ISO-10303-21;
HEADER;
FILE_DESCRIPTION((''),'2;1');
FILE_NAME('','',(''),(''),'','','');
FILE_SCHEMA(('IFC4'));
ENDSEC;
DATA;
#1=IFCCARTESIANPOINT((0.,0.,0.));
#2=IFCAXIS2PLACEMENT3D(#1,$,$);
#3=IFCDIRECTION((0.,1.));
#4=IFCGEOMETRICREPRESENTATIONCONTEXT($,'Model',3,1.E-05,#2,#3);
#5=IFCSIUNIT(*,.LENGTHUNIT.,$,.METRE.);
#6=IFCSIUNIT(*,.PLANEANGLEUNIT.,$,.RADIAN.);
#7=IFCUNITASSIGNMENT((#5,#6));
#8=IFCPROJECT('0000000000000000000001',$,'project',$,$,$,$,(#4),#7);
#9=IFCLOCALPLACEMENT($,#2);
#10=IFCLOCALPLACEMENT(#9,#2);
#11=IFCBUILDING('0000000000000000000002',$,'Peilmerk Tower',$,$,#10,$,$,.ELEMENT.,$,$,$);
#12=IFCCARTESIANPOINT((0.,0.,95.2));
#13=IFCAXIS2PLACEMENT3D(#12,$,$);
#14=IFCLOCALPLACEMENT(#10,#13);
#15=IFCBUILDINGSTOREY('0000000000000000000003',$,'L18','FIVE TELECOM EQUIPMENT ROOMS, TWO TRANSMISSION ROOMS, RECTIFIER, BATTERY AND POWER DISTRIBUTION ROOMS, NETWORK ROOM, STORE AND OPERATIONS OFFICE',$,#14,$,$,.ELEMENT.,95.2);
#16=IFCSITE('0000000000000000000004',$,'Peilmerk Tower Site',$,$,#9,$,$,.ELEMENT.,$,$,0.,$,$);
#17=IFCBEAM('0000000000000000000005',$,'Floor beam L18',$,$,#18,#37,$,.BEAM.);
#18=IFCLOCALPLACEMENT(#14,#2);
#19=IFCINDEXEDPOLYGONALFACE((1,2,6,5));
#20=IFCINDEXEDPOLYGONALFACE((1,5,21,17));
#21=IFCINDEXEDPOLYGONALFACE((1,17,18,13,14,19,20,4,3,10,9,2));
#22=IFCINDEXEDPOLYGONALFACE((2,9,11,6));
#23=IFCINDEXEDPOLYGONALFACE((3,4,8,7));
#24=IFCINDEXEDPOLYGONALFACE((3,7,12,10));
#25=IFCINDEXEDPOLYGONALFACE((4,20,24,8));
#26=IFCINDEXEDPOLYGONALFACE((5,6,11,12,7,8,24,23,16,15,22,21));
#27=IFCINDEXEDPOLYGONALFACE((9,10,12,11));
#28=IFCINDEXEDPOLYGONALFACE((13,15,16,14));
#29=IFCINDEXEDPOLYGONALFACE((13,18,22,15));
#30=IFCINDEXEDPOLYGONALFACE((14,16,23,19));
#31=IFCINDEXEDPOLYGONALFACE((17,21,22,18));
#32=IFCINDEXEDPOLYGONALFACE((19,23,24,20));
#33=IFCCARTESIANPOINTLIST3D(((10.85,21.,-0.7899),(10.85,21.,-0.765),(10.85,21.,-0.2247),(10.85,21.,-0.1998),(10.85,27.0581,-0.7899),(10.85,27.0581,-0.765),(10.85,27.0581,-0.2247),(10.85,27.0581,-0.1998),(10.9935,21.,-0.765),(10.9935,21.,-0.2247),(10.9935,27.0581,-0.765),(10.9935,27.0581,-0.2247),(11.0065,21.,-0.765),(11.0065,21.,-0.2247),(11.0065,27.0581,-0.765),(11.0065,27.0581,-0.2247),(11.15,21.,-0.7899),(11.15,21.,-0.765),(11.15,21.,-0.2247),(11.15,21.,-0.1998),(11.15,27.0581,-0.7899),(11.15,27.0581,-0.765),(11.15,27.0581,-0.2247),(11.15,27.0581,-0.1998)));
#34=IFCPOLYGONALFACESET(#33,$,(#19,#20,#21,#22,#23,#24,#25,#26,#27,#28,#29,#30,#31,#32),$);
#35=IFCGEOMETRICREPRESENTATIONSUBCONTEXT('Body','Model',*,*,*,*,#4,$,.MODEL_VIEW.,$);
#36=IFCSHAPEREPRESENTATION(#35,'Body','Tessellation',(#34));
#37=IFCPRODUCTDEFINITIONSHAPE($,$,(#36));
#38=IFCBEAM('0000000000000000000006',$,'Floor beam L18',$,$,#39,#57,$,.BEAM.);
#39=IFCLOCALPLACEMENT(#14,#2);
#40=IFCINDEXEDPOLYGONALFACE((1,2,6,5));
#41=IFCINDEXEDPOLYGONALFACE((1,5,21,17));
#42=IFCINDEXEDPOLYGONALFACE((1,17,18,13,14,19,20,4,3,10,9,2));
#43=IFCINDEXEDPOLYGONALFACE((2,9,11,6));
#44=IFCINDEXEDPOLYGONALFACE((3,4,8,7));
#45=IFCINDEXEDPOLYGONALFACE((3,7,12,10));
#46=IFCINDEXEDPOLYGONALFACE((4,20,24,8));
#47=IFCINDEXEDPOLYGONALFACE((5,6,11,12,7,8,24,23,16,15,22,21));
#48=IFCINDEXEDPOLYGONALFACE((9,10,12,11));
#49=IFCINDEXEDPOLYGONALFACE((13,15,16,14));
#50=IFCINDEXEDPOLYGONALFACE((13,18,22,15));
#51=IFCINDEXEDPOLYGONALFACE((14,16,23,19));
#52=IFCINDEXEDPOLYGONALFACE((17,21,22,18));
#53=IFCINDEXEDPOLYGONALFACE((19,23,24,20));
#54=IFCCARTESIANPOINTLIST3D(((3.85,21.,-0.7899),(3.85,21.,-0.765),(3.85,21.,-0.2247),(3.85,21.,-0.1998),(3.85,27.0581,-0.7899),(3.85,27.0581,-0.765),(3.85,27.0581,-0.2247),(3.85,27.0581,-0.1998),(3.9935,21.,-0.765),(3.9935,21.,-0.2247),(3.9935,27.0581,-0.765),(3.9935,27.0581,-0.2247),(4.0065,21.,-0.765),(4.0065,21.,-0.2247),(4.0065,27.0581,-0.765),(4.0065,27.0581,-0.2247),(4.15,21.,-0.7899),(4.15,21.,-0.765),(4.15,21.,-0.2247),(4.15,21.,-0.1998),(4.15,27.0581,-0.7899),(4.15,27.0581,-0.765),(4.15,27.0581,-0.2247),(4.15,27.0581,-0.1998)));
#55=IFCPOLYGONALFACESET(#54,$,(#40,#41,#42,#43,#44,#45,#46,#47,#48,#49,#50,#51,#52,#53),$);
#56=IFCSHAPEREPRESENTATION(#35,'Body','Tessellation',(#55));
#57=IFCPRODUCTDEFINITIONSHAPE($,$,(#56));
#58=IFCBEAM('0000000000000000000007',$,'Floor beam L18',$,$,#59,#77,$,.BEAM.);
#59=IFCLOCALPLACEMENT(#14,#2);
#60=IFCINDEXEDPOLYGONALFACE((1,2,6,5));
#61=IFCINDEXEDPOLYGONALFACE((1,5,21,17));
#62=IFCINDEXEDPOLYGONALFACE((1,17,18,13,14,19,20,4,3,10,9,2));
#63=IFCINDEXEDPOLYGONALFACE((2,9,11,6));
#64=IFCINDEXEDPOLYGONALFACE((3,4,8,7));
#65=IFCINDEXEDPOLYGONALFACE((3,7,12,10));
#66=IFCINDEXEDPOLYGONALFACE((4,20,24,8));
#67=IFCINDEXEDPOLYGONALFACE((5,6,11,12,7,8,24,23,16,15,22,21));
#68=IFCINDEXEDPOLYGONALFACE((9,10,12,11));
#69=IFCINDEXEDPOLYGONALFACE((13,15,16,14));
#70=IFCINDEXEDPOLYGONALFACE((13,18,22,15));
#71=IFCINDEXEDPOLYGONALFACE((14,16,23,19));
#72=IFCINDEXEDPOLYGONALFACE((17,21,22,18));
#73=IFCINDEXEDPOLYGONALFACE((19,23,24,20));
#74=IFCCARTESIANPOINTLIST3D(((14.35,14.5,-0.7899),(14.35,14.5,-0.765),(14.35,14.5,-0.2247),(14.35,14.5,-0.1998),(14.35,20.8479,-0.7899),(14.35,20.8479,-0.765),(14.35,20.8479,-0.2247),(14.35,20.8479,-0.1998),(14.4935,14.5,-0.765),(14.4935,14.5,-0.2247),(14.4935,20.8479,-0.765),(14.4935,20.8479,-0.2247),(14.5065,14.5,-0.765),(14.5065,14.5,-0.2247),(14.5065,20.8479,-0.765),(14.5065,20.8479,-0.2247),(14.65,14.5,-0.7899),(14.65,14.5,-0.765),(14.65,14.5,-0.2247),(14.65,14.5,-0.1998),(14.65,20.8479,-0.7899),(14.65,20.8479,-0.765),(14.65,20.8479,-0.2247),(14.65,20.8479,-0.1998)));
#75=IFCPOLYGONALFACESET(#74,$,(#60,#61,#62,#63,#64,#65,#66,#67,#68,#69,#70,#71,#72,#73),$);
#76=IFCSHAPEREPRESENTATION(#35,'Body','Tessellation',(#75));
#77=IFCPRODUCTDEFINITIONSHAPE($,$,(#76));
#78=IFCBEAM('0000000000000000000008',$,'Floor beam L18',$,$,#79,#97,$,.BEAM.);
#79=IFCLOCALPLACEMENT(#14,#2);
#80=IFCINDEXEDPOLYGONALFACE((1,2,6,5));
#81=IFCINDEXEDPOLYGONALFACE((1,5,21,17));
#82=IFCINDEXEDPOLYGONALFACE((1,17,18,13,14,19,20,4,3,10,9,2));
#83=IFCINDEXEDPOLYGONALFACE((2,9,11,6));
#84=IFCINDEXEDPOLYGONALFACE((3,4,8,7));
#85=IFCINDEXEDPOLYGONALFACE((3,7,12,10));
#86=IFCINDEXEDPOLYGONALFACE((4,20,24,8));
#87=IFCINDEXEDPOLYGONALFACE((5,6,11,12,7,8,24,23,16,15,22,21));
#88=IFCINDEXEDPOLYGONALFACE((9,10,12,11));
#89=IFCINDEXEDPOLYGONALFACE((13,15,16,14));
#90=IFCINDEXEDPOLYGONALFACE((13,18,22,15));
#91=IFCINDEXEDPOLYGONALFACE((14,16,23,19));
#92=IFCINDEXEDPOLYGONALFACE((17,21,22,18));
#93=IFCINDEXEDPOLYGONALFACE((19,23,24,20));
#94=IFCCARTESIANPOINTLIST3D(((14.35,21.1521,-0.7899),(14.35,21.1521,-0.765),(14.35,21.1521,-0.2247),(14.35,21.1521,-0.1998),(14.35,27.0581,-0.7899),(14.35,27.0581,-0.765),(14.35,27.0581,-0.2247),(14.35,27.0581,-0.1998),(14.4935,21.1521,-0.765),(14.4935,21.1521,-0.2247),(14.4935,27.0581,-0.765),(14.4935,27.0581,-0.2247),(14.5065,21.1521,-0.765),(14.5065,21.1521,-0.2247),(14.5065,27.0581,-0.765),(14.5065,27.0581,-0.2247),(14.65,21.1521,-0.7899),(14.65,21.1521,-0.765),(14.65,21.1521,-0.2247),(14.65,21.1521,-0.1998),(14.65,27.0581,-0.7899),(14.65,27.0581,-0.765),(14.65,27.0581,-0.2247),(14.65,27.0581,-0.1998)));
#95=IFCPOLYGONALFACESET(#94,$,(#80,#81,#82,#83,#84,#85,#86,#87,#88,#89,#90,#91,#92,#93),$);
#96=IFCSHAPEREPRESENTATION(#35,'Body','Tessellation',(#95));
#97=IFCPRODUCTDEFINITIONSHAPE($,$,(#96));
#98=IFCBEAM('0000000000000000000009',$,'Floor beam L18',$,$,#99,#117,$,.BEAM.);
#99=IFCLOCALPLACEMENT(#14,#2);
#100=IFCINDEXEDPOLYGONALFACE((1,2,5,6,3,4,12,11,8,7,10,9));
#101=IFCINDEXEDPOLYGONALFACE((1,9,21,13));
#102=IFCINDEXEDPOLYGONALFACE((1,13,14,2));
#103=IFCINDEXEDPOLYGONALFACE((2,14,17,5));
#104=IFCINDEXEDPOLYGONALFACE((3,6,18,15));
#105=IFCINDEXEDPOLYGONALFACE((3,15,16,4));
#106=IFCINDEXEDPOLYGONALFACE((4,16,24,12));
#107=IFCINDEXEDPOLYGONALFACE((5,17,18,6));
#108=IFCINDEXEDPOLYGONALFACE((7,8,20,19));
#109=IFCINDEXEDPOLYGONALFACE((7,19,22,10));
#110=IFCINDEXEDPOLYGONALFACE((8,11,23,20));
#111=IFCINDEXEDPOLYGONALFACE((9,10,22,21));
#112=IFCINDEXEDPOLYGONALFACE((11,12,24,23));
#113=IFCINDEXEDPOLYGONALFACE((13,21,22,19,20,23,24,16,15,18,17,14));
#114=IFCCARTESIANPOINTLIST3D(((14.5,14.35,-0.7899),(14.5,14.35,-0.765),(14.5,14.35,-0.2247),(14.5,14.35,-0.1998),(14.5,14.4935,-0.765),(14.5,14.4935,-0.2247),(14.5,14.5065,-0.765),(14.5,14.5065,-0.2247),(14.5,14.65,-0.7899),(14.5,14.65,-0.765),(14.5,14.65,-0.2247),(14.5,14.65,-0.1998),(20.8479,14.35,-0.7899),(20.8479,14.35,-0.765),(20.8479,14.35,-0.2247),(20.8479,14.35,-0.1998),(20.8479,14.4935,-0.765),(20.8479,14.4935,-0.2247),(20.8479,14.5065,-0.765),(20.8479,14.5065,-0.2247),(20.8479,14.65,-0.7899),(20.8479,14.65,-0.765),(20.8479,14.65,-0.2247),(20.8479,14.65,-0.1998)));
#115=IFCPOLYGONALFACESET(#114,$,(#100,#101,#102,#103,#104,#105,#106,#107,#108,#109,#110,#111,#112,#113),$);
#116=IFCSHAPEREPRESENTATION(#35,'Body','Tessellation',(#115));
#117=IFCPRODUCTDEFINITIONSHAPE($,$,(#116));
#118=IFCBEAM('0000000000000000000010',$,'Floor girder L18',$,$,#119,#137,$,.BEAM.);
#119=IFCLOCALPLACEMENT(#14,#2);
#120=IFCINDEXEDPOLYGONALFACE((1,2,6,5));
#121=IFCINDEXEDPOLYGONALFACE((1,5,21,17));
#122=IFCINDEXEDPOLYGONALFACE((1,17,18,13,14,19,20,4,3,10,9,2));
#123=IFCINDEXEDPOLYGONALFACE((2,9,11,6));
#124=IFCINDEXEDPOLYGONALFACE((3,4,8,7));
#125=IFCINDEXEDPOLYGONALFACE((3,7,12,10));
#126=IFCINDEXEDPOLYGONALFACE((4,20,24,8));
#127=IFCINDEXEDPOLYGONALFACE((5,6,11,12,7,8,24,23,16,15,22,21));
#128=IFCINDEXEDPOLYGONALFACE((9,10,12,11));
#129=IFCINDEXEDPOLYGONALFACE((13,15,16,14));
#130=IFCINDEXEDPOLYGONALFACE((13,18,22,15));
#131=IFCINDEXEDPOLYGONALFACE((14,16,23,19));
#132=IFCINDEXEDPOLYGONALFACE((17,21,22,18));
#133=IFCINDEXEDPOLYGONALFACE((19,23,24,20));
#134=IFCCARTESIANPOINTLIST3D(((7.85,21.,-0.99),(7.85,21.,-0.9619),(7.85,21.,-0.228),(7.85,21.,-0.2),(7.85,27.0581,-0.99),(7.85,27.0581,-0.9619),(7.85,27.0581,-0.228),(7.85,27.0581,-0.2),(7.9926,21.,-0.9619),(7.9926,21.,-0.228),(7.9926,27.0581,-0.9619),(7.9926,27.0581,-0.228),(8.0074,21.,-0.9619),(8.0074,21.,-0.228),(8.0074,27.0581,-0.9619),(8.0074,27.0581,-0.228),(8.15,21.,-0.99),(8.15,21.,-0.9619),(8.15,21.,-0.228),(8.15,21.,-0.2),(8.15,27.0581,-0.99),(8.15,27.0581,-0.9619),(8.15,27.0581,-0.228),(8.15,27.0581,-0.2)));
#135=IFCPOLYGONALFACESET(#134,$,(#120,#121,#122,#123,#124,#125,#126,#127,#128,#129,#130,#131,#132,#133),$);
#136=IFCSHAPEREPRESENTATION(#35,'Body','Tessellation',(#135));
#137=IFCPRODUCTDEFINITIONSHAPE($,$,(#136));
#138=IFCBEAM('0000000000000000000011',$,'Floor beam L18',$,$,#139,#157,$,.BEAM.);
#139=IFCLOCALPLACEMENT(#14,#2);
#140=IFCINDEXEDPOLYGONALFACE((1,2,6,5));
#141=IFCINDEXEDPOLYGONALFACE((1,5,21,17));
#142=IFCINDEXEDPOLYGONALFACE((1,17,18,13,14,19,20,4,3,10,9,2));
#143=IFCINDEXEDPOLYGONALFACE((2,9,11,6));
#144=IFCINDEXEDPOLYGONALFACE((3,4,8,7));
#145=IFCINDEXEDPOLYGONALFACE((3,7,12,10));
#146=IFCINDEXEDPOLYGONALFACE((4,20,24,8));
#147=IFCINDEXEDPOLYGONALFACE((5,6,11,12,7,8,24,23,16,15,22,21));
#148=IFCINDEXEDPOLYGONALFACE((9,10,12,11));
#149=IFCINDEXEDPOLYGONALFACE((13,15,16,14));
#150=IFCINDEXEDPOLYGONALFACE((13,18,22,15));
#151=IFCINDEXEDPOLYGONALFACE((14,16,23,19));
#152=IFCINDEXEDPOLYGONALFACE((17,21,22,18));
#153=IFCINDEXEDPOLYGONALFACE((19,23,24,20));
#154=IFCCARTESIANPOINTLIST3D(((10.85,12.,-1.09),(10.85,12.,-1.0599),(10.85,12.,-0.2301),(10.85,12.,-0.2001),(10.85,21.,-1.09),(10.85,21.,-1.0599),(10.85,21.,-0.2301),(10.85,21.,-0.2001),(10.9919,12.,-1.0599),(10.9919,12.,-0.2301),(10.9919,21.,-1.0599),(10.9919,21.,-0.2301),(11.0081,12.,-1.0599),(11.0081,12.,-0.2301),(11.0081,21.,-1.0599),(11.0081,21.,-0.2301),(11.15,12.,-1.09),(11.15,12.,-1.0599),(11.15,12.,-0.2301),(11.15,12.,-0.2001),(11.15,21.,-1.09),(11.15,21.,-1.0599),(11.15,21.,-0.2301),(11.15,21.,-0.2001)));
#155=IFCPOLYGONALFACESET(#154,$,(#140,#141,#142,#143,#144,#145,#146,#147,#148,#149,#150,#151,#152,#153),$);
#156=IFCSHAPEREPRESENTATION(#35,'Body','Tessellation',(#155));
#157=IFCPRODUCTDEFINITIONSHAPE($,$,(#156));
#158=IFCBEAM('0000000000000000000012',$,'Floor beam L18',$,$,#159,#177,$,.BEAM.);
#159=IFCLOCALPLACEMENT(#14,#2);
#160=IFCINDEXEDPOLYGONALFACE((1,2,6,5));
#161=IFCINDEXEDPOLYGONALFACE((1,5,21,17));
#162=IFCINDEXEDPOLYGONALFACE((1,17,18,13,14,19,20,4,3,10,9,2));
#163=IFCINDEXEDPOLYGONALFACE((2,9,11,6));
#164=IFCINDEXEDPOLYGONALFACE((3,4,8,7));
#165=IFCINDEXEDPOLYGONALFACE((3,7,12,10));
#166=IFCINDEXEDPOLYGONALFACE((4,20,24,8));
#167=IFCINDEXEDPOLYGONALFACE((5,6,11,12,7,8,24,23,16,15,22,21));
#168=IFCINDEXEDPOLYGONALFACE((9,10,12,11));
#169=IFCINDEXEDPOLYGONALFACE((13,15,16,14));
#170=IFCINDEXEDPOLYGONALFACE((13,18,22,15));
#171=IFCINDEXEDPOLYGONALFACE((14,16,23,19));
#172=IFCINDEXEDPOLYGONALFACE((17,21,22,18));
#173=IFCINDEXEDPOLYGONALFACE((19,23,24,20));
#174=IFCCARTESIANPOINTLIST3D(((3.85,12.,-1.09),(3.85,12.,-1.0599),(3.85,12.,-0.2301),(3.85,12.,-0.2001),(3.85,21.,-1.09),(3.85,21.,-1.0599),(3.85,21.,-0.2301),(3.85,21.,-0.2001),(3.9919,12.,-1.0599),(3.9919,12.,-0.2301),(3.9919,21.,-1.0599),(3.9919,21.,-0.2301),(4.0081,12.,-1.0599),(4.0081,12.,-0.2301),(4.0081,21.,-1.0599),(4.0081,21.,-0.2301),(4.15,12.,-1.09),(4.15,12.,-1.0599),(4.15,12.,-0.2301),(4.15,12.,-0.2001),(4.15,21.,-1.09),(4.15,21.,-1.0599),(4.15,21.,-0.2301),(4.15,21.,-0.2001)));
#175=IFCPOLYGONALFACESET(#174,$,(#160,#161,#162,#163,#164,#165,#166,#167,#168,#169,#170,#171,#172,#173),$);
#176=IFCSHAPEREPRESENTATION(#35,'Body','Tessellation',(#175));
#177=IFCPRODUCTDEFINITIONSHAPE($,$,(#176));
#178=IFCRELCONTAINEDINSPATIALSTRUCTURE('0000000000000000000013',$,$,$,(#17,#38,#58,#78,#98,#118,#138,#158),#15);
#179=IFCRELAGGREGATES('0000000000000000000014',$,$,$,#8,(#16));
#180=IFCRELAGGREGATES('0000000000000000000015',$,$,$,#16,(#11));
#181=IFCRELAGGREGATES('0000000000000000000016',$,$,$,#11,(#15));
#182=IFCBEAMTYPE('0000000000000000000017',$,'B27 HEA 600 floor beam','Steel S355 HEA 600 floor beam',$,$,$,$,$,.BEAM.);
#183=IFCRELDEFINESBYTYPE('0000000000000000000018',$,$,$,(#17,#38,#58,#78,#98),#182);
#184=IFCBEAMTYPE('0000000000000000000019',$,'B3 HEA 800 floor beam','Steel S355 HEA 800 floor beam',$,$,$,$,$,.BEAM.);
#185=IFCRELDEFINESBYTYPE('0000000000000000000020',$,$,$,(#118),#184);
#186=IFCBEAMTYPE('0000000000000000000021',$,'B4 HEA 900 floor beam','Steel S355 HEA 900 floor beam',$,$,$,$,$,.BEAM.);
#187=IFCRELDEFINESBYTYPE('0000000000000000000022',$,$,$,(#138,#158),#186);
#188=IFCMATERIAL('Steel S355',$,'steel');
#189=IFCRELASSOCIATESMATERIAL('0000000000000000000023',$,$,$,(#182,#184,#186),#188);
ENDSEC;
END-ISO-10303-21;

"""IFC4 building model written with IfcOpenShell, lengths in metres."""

from ifc_helpers import new_model, si_unit, direction, frame, origin, origin_2d, place, context, subcontext, project, spatial, i_section, extrude, material, material_profile, profile_set, type_object, element, save


model = new_model("IFC4")

# Units and contexts
model_context = context("Model", 3, precision=1e-05, world=origin(), true_north=direction((0.0, 1.0)))
body_context = subcontext(model_context, "Body", "Model", "MODEL_VIEW")
ifc_project = project(units=[si_unit("LENGTHUNIT", "METRE"), si_unit("PLANEANGLEUNIT", "RADIAN")], contexts=[model_context])

# Site, building, storey
site_placement = place(None, origin())
site = spatial("IfcSite", under=ifc_project, at=site_placement, Name="Peilmerk Tower Site", CompositionType="ELEMENT", RefElevation=0.0)
building_placement = place(site_placement, origin())
building = spatial("IfcBuilding", under=site, at=building_placement, Name="Peilmerk Tower", CompositionType="ELEMENT")
storey_placement = place(building_placement, frame((0.0, 0.0, 95.2)))
storey = spatial("IfcBuildingStorey", under=building, at=storey_placement, Name="L18", Description="FIVE TELECOM EQUIPMENT ROOMS, TWO TRANSMISSION ROOMS, RECTIFIER, BATTERY AND POWER DISTRIBUTION ROOMS, NETWORK ROOM, STORE AND OPERATIONS OFFICE", CompositionType="ELEMENT", Elevation=95.2)

# Beams
ifc_material_1 = material(Name="Steel S355", Category="steel")
ifc_material_profile_1 = material_profile(ifc_material_1, i_section(OverallWidth=0.3, OverallDepth=0.5901, WebThickness=0.0129, FlangeThickness=0.0249, at=origin_2d()), Name="HEA 600")
ifc_profile_set_1 = profile_set([ifc_material_profile_1], Name="Steel S355")
beam_type_1 = type_object("IfcBeamType", Name="B27 HEA 600 floor beam", Description="Steel S355 HEA 600 floor beam", PredefinedType="BEAM", material=ifc_profile_set_1)
for number, where, z_axis, x_axis, name in (
    (1, (11.0, 21.0, -0.4949), (0.0, 1.0, 0.0), (-1.0, 0.0, 0.0), "Floor beam L18"),
    (2, (4.0, 21.0, -0.4949), (0.0, 1.0, 0.0), (-1.0, 0.0, 0.0), "Floor beam L18"),
):
    element("IfcBeam", number, at=place(storey_placement, frame(where, z_axis=z_axis, x_axis=x_axis)), inside=storey, type_object=beam_type_1, Name=name, PredefinedType="BEAM", context=body_context, shape_type="SweptSolid", body=[
        extrude(i_section(OverallWidth=0.3, OverallDepth=0.5901, WebThickness=0.0129, FlangeThickness=0.0249, at=origin_2d()), origin(), (0.0, 0.0, 1.0), 6.0581),
    ])
beam_1_placement = place(storey_placement, frame((14.5, 14.5, -0.4949), z_axis=(0.0, 1.0, 0.0), x_axis=(-1.0, 0.0, 0.0)))
element("IfcBeam", 3, at=beam_1_placement, inside=storey, type_object=beam_type_1, Name="Floor beam L18", PredefinedType="BEAM", context=body_context, shape_type="SweptSolid", body=[
    extrude(i_section(OverallWidth=0.3, OverallDepth=0.5901, WebThickness=0.0129, FlangeThickness=0.0249, at=origin_2d()), origin(), (0.0, 0.0, 1.0), 6.3479),
])
beam_2_placement = place(storey_placement, frame((14.5, 21.1521, -0.4949), z_axis=(0.0, 1.0, 0.0), x_axis=(-1.0, 0.0, 0.0)))
element("IfcBeam", 4, at=beam_2_placement, inside=storey, type_object=beam_type_1, Name="Floor beam L18", PredefinedType="BEAM", context=body_context, shape_type="SweptSolid", body=[
    extrude(i_section(OverallWidth=0.3, OverallDepth=0.5901, WebThickness=0.0129, FlangeThickness=0.0249, at=origin_2d()), origin(), (0.0, 0.0, 1.0), 5.906),
])
beam_3_placement = place(storey_placement, frame((14.5, 14.5, -0.4949), z_axis=(1.0, 0.0, 0.0), x_axis=(0.0, 1.0, 0.0)))
element("IfcBeam", 5, at=beam_3_placement, inside=storey, type_object=beam_type_1, Name="Floor beam L18", PredefinedType="BEAM", context=body_context, shape_type="SweptSolid", body=[
    extrude(i_section(OverallWidth=0.3, OverallDepth=0.5901, WebThickness=0.0129, FlangeThickness=0.0249, at=origin_2d()), origin(), (0.0, 0.0, 1.0), 6.3479),
])
ifc_material_profile_2 = material_profile(ifc_material_1, i_section(OverallWidth=0.3, OverallDepth=0.79, WebThickness=0.0149, FlangeThickness=0.0281, at=origin_2d()), Name="HEA 800")
ifc_profile_set_2 = profile_set([ifc_material_profile_2], Name="Steel S355")
beam_type_2 = type_object("IfcBeamType", Name="B3 HEA 800 floor beam", Description="Steel S355 HEA 800 floor beam", PredefinedType="BEAM", material=ifc_profile_set_2)
beam_4_placement = place(storey_placement, frame((8.0, 21.0, -0.595), z_axis=(0.0, 1.0, 0.0), x_axis=(-1.0, 0.0, 0.0)))
element("IfcBeam", 6, at=beam_4_placement, inside=storey, type_object=beam_type_2, Name="Floor girder L18", PredefinedType="BEAM", context=body_context, shape_type="SweptSolid", body=[
    extrude(i_section(OverallWidth=0.3, OverallDepth=0.79, WebThickness=0.0149, FlangeThickness=0.0281, at=origin_2d()), origin(), (0.0, 0.0, 1.0), 6.0581),
])
ifc_material_profile_3 = material_profile(ifc_material_1, i_section(OverallWidth=0.3, OverallDepth=0.8899, WebThickness=0.0161, FlangeThickness=0.03, at=origin_2d()), Name="HEA 900")
ifc_profile_set_3 = profile_set([ifc_material_profile_3], Name="Steel S355")
beam_type_3 = type_object("IfcBeamType", Name="B4 HEA 900 floor beam", Description="Steel S355 HEA 900 floor beam", PredefinedType="BEAM", material=ifc_profile_set_3)
for number, where, z_axis, x_axis, name in (
    (7, (11.0, 12.0, -0.645), (0.0, 1.0, 0.0), (-1.0, 0.0, 0.0), "Floor beam L18"),
    (8, (4.0, 12.0, -0.645), (0.0, 1.0, 0.0), (-1.0, 0.0, 0.0), "Floor beam L18"),
):
    element("IfcBeam", number, at=place(storey_placement, frame(where, z_axis=z_axis, x_axis=x_axis)), inside=storey, type_object=beam_type_3, Name=name, PredefinedType="BEAM", context=body_context, shape_type="SweptSolid", body=[
        extrude(i_section(OverallWidth=0.3, OverallDepth=0.8899, WebThickness=0.0161, FlangeThickness=0.03, at=origin_2d()), origin(), (0.0, 0.0, 1.0), 9.0),
    ])

save(model, "model.ifc")
